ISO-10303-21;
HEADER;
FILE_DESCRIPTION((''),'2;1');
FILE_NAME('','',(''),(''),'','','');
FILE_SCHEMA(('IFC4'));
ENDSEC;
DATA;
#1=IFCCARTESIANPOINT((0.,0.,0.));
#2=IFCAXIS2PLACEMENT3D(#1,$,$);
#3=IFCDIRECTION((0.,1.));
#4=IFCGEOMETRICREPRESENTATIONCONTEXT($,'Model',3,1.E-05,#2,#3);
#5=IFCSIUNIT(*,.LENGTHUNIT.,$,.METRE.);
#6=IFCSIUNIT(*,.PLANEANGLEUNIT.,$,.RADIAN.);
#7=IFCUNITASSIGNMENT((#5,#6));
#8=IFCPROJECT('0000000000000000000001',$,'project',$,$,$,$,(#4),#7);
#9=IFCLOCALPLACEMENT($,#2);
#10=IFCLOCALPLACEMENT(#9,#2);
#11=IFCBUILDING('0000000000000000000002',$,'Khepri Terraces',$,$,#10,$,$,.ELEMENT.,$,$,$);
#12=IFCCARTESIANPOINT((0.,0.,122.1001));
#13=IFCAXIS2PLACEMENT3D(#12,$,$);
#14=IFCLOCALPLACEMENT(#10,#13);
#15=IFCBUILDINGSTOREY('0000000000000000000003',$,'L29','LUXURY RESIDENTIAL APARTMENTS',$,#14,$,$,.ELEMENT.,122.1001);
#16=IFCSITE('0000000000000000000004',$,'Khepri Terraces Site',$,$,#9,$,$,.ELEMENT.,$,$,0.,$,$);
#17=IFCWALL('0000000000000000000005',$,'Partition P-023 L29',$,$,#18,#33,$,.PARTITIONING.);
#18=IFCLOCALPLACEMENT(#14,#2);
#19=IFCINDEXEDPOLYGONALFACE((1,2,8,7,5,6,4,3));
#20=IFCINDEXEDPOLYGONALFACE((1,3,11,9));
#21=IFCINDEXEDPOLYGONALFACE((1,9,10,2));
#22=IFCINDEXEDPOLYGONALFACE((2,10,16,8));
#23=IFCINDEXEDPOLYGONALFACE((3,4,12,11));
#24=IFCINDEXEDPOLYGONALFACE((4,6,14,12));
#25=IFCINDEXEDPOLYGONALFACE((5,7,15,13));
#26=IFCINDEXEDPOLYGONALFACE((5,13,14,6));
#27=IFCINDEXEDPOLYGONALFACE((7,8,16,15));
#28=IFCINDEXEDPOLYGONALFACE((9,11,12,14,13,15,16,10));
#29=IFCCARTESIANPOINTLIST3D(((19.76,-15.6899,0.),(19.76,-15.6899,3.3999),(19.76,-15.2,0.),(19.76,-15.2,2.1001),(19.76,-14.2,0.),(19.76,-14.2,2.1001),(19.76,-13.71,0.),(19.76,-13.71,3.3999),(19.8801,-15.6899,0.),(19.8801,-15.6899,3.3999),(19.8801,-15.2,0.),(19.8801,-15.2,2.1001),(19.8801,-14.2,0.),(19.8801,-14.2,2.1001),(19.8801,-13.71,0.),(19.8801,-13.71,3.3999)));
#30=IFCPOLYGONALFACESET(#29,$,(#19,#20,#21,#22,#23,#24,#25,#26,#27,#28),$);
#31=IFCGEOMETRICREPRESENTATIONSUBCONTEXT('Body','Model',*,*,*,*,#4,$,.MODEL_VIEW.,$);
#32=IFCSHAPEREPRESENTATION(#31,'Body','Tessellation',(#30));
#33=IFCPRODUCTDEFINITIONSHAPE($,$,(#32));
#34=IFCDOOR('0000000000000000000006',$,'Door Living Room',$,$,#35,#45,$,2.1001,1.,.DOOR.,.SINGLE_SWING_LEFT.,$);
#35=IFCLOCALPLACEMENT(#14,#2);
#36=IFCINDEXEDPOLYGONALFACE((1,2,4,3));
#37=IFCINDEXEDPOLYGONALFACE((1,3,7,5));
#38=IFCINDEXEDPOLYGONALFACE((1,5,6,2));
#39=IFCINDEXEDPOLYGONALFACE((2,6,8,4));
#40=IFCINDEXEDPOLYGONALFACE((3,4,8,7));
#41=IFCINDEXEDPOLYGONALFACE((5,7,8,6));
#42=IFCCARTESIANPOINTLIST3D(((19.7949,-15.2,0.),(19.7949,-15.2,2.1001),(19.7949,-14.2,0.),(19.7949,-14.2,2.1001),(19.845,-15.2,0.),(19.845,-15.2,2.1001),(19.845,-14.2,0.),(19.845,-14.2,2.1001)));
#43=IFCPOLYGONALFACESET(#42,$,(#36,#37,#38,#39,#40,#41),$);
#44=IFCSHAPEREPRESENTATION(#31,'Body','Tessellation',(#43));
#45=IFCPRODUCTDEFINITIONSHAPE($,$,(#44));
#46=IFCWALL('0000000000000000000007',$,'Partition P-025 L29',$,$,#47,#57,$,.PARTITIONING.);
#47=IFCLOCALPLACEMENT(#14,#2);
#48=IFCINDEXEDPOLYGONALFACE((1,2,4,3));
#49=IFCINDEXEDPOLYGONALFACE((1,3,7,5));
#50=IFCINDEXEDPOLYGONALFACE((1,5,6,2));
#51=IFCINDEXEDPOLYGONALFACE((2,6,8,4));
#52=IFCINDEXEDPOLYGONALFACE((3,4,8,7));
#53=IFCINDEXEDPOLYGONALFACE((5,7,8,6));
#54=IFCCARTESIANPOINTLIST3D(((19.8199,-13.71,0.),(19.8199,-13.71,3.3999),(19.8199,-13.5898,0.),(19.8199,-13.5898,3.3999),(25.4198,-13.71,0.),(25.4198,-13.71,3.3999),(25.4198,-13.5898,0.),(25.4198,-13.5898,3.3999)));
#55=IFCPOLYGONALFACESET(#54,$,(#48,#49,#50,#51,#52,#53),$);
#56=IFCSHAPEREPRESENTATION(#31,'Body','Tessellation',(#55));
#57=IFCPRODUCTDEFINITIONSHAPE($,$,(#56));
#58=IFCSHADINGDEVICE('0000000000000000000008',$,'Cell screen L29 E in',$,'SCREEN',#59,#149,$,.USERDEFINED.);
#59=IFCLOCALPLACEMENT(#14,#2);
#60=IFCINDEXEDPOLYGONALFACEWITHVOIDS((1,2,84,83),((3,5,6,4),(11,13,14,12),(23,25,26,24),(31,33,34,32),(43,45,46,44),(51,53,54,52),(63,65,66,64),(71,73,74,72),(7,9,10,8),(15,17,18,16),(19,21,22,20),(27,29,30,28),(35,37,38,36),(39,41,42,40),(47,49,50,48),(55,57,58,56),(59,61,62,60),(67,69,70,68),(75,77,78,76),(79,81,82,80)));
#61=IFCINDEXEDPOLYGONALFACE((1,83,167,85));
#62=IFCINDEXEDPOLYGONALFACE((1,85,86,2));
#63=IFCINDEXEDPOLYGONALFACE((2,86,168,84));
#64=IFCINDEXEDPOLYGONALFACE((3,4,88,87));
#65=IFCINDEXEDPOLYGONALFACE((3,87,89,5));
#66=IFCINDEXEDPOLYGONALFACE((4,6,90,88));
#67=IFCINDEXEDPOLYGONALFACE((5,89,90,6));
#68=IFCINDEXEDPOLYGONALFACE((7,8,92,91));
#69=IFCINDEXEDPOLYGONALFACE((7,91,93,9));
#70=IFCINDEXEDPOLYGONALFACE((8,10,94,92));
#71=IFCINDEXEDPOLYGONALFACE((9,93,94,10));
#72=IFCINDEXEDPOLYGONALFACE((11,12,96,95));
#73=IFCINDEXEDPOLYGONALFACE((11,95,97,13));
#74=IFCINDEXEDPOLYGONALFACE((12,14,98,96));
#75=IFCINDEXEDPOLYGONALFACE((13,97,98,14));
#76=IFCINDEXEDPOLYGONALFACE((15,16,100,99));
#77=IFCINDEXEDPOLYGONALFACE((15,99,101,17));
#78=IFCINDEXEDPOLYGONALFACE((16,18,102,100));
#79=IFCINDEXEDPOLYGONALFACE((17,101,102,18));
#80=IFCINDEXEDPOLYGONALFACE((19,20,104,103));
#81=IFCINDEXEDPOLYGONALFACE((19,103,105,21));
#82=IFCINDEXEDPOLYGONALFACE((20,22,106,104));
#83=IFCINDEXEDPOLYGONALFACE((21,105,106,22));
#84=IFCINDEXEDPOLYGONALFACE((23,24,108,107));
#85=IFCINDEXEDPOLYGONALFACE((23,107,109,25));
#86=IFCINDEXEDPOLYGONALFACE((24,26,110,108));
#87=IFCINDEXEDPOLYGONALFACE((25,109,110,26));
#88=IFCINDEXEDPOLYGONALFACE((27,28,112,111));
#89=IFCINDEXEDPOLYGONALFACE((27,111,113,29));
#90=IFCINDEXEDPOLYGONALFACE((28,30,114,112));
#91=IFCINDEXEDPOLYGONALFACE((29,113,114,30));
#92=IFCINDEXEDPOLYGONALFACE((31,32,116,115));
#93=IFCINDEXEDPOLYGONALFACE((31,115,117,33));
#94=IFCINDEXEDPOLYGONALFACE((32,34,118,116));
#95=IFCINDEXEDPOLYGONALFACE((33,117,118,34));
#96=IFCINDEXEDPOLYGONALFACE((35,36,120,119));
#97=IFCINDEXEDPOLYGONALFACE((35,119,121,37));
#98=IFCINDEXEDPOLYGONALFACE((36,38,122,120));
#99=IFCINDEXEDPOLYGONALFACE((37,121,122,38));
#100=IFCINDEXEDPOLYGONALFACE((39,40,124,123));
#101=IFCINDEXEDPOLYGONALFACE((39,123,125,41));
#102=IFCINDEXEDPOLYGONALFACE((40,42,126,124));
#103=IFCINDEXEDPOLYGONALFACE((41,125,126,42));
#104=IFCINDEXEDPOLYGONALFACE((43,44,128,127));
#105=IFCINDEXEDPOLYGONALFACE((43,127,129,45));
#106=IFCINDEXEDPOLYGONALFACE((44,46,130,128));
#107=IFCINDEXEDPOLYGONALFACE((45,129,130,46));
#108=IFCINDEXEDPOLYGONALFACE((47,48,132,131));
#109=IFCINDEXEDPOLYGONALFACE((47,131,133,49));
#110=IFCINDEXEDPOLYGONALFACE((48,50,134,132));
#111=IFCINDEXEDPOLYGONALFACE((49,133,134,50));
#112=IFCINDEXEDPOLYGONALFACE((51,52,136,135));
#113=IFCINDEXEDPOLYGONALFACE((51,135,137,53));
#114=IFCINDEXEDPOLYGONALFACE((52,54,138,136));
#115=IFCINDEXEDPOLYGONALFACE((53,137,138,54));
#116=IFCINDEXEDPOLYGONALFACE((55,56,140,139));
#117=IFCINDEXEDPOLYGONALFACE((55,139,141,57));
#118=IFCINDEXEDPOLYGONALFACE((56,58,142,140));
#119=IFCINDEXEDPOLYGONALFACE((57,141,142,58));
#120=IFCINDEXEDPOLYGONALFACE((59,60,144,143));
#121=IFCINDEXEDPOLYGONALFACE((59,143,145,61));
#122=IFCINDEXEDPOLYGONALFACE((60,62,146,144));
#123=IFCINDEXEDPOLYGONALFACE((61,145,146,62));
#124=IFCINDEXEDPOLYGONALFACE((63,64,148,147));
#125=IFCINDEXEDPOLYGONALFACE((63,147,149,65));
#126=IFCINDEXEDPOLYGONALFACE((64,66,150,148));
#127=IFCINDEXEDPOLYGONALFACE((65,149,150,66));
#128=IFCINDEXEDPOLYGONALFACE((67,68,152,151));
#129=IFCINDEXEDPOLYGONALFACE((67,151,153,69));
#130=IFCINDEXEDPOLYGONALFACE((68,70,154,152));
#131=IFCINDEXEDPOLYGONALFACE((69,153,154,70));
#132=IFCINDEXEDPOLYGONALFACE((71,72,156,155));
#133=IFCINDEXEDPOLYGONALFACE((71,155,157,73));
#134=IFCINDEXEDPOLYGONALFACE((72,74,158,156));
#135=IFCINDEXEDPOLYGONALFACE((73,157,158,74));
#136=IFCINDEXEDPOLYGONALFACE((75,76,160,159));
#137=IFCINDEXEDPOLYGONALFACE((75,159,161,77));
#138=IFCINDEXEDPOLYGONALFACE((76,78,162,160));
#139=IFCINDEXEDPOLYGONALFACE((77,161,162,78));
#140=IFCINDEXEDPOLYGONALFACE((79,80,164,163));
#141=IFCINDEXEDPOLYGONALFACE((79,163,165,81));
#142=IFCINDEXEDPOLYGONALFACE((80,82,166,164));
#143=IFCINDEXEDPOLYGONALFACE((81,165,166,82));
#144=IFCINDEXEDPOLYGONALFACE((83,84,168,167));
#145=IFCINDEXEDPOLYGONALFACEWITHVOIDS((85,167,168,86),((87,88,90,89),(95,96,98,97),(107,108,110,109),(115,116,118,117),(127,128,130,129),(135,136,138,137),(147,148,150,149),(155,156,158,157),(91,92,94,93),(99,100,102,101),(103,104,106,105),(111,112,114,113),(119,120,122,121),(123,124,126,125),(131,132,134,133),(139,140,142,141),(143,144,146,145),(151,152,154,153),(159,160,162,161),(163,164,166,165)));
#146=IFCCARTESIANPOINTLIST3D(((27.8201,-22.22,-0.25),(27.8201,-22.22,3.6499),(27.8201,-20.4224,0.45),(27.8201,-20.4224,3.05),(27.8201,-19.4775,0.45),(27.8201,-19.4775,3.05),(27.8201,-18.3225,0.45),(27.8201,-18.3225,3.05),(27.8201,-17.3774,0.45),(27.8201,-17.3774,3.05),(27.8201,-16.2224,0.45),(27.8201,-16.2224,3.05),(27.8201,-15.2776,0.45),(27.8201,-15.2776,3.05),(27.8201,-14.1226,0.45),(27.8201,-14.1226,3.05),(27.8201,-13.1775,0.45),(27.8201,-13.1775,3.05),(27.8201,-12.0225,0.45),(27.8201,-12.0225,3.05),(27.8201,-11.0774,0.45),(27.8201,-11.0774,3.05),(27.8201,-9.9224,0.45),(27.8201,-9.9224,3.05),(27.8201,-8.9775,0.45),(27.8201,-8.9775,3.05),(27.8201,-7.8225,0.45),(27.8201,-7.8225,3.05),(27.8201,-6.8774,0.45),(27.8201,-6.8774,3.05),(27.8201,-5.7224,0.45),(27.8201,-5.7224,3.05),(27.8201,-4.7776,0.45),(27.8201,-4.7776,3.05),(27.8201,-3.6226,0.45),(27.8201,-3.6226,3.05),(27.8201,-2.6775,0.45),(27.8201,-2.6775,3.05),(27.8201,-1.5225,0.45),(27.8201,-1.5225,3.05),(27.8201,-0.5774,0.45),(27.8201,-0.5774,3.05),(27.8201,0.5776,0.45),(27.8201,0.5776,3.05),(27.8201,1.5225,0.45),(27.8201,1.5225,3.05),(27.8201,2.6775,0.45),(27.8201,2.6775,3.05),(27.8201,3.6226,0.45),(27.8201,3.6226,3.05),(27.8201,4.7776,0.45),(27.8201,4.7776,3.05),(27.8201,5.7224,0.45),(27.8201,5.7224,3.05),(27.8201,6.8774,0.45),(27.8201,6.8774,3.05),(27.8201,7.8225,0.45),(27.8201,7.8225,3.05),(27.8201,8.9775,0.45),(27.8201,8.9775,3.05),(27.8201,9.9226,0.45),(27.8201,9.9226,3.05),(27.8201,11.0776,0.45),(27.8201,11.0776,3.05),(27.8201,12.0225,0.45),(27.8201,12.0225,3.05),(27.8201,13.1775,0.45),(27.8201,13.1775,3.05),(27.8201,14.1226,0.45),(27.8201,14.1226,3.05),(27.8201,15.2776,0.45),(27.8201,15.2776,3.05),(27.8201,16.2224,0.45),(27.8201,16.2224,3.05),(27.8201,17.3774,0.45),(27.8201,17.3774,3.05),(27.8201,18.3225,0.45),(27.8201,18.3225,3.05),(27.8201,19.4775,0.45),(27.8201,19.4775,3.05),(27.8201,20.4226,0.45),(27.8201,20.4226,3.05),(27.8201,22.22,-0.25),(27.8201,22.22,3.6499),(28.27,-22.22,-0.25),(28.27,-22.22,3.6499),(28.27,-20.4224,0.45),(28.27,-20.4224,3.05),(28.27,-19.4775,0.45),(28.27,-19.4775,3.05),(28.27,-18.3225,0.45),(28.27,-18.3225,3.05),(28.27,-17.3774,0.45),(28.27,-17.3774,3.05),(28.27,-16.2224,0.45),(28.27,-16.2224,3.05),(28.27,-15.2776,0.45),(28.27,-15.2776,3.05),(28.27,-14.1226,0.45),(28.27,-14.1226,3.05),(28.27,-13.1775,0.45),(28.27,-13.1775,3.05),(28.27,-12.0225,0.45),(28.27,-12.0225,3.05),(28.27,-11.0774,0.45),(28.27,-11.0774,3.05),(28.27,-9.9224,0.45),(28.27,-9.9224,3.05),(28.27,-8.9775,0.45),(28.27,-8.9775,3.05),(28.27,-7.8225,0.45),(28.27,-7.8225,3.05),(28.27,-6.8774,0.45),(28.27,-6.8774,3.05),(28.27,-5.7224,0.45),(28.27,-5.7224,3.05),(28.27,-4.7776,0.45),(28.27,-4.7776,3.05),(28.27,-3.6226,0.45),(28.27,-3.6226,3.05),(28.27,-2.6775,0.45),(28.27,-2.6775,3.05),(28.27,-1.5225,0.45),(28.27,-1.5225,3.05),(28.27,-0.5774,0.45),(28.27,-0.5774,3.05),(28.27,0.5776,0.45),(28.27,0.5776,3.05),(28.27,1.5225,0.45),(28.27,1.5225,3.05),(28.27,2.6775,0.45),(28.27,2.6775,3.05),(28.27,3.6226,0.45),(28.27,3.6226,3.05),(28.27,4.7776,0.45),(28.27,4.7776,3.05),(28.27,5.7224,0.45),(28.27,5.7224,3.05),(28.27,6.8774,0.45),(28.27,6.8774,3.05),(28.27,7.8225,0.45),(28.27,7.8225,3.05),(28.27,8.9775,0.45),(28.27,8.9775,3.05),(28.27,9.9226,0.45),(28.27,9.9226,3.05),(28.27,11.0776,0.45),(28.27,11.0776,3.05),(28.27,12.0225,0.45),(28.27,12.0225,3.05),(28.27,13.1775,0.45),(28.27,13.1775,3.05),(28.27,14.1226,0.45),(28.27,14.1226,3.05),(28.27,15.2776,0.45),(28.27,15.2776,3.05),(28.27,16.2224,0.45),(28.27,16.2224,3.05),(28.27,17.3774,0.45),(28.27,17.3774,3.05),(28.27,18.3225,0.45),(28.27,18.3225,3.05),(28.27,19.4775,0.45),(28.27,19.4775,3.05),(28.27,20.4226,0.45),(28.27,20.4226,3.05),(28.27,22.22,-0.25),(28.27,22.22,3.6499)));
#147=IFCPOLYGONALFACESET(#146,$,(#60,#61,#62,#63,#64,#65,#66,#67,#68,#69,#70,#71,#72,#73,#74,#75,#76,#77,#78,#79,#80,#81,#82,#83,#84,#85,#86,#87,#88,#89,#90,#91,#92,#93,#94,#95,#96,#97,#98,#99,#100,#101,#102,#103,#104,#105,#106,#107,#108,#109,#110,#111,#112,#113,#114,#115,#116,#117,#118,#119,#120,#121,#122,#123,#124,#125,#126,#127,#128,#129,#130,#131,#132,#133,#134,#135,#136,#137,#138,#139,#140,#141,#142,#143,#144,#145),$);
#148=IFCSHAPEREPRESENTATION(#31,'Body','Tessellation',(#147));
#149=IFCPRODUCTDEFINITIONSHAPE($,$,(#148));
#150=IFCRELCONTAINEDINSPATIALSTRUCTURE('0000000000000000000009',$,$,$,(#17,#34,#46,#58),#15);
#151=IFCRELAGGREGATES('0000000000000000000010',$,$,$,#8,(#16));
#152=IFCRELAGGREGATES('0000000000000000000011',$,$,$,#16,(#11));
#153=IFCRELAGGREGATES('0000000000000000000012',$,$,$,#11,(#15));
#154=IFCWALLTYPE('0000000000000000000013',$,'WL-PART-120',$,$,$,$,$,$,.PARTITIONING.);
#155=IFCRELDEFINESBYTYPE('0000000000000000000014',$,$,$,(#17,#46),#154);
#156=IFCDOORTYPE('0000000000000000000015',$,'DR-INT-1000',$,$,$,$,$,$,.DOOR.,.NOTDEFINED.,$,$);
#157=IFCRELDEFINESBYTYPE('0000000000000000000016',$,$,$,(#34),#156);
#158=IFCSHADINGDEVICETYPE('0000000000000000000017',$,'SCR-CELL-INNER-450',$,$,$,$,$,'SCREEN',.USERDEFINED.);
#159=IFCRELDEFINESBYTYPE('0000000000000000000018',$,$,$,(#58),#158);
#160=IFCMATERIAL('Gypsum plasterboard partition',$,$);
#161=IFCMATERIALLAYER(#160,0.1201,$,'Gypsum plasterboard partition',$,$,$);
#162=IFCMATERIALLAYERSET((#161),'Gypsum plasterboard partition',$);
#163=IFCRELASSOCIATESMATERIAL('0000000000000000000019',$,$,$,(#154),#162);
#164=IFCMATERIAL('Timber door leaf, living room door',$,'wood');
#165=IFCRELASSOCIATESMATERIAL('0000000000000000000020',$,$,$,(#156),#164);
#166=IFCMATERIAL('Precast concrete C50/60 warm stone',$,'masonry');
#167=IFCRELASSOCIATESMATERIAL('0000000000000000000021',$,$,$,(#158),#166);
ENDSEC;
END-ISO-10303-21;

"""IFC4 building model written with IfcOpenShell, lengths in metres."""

from ifc_helpers import new_model, si_unit, direction, frame, frame_2d, origin, place, context, subcontext, project, spatial, polyline, rectangle, outline, extrude, material, layer, layer_set, type_object, element, fill, save


model = new_model("IFC4")

# Units and contexts
model_context = context("Model", 3, precision=1e-05, world=origin(), true_north=direction((0.0, 1.0)))
body_context = subcontext(model_context, "Body", "Model", "MODEL_VIEW")
ifc_project = project(units=[si_unit("LENGTHUNIT", "METRE"), si_unit("PLANEANGLEUNIT", "RADIAN")], contexts=[model_context])

# Site, building, storey
site_placement = place(None, origin())
site = spatial("IfcSite", under=ifc_project, at=site_placement, Name="Khepri Terraces Site", CompositionType="ELEMENT", RefElevation=0.0)
building_placement = place(site_placement, origin())
building = spatial("IfcBuilding", under=site, at=building_placement, Name="Khepri Terraces", CompositionType="ELEMENT")
storey_placement = place(building_placement, frame((0.0, 0.0, 122.1001)))
storey = spatial("IfcBuildingStorey", under=building, at=storey_placement, Name="L29", Description="LUXURY RESIDENTIAL APARTMENTS", CompositionType="ELEMENT", Elevation=122.1001)

# Shared definitions
ifc_material_1 = material(Name="Precast concrete C50/60 warm stone", Category="masonry")

# Shared definitions
ifc_material_2 = material(Name="Gypsum plasterboard partition")
ifc_layer_1 = layer(ifc_material_2, 0.1201, Name="Gypsum plasterboard partition")
ifc_layer_set_1 = layer_set([ifc_layer_1], Name="Gypsum plasterboard partition")
wall_type_1 = type_object("IfcWallType", Name="WL-PART-120", PredefinedType="PARTITIONING", material=ifc_layer_set_1)

# Wall, opening, door
ifc_material_3 = material(Name="Timber door leaf, living room door", Category="wood")
door_type_1 = type_object("IfcDoorType", Name="DR-INT-1000", OperationType="NOTDEFINED", PredefinedType="DOOR", material=ifc_material_3)
wall_1_placement = place(storey_placement, frame((19.8201, -15.6899, 0.0), z_axis=(0.0, 0.0, 1.0), x_axis=(0.0, 1.0, 0.0)))
wall_1 = element("IfcWall", 1, at=wall_1_placement, inside=storey, type_object=wall_type_1, Name="Partition P-023 L29", PredefinedType="PARTITIONING", context=body_context, shape_type="SweptSolid", body=[
    extrude(rectangle(XDim=1.98, YDim=0.1201, at=frame_2d((0.99, 0.0))), origin(), (0.0, 0.0, 1.0), 3.3999),
])
opening_1_placement = place(wall_1_placement, frame((0.49, 0.0, 0.0)))
opening_1 = element("IfcOpeningElement", 2, at=opening_1_placement, cuts=wall_1, PredefinedType="OPENING", context=body_context, shape_type="SweptSolid", body=[
    extrude(rectangle(XDim=1.0, YDim=2.1001, at=frame_2d((0.5, 1.05))), frame((0.0, 0.0701, 0.0), z_axis=(0.0, -1.0, 0.0), x_axis=(1.0, 0.0, 0.0)), (0.0, 0.0, 1.0), 0.1401),
])
door_1_placement = place(opening_1_placement, frame((1.0, 0.0, 0.0), z_axis=(0.0, 0.0, 1.0), x_axis=(-1.0, 0.0, 0.0)))
door_1 = element("IfcDoor", 3, at=door_1_placement, inside=storey, type_object=door_type_1, Name="Door Living Room", OperationType="SINGLE_SWING_LEFT", OverallHeight=2.1001, OverallWidth=1.0, PredefinedType="DOOR", context=body_context, shape_type="SweptSolid", body=[
    extrude(rectangle(XDim=1.0, YDim=2.1001, at=frame_2d((0.5, 1.05))), frame((0.0, 0.0249, 0.0), z_axis=(0.0, -1.0, 0.0), x_axis=(1.0, 0.0, 0.0)), (0.0, 0.0, 1.0), 0.05),
])
fill(opening_1, door_1)

# Wall
wall_2_placement = place(storey_placement, frame((19.8201, -13.6499, 0.0), z_axis=(0.0, 0.0, 1.0), x_axis=(1.0, 0.0, 0.0)))
element("IfcWall", 4, at=wall_2_placement, inside=storey, type_object=wall_type_1, Name="Partition P-025 L29", PredefinedType="PARTITIONING", context=body_context, shape_type="SweptSolid", body=[
    extrude(rectangle(XDim=5.5999, YDim=0.1201, at=frame_2d((2.7998, 0.0))), origin(), (0.0, 0.0, 1.0), 3.3999),
])

# Shading device
shading_device_type_1 = type_object("IfcShadingDeviceType", Name="SCR-CELL-INNER-450", ElementType="SCREEN", PredefinedType="USERDEFINED", material=ifc_material_1)
shading_device_1_placement = place(storey_placement, frame((27.8201, -22.22, -0.25), z_axis=(1.0, 0.0, 0.0), x_axis=(0.0, 1.0, 0.0)))
element("IfcShadingDevice", 5, at=shading_device_1_placement, inside=storey, type_object=shading_device_type_1, Name="Cell screen L29 E in", ObjectType="SCREEN", PredefinedType="USERDEFINED", context=body_context, shape_type="SweptSolid", body=[
    extrude(outline(polyline([(0.0, 0.0), (44.4399, 0.0), (44.4399, 3.8999), (0.0, 3.8999), (0.0, 0.0)]), holes=[polyline([(1.7976, 0.7), (2.7424, 0.7), (2.7424, 3.3), (1.7976, 3.3), (1.7976, 0.7)]), polyline([(3.8975, 0.7), (4.8425, 0.7), (4.8425, 3.3), (3.8975, 3.3), (3.8975, 0.7)]), polyline([(5.9976, 0.7), (6.9424, 0.7), (6.9424, 3.3), (5.9976, 3.3), (5.9976, 0.7)]), polyline([(8.0974, 0.7), (9.0425, 0.7), (9.0425, 3.3), (8.0974, 3.3), (8.0974, 0.7)]), polyline([(10.1975, 0.7), (11.1426, 0.7), (11.1426, 3.3), (10.1975, 3.3), (10.1975, 0.7)]), polyline([(12.2976, 0.7), (13.2424, 0.7), (13.2424, 3.3), (12.2976, 3.3), (12.2976, 0.7)]), polyline([(14.3975, 0.7), (15.3425, 0.7), (15.3425, 3.3), (14.3975, 3.3), (14.3975, 0.7)]), polyline([(16.4976, 0.7), (17.4424, 0.7), (17.4424, 3.3), (16.4976, 3.3), (16.4976, 0.7)]), polyline([(18.5974, 0.7), (19.5425, 0.7), (19.5425, 3.3), (18.5974, 3.3), (18.5974, 0.7)]), polyline([(20.6975, 0.7), (21.6426, 0.7), (21.6426, 3.3), (20.6975, 3.3), (20.6975, 0.7)]), polyline([(22.7976, 0.7), (23.7424, 0.7), (23.7424, 3.3), (22.7976, 3.3), (22.7976, 0.7)]), polyline([(24.8975, 0.7), (25.8425, 0.7), (25.8425, 3.3), (24.8975, 3.3), (24.8975, 0.7)]), polyline([(26.9976, 0.7), (27.9424, 0.7), (27.9424, 3.3), (26.9976, 3.3), (26.9976, 0.7)]), polyline([(29.0974, 0.7), (30.0425, 0.7), (30.0425, 3.3), (29.0974, 3.3), (29.0974, 0.7)]), polyline([(31.1975, 0.7), (32.1426, 0.7), (32.1426, 3.3), (31.1975, 3.3), (31.1975, 0.7)]), polyline([(33.2976, 0.7), (34.2424, 0.7), (34.2424, 3.3), (33.2976, 3.3), (33.2976, 0.7)]), polyline([(35.3975, 0.7), (36.3425, 0.7), (36.3425, 3.3), (35.3975, 3.3), (35.3975, 0.7)]), polyline([(37.4976, 0.7), (38.4424, 0.7), (38.4424, 3.3), (37.4976, 3.3), (37.4976, 0.7)]), polyline([(39.5974, 0.7), (40.5425, 0.7), (40.5425, 3.3), (39.5974, 3.3), (39.5974, 0.7)]), polyline([(41.6975, 0.7), (42.6426, 0.7), (42.6426, 3.3), (41.6975, 3.3), (41.6975, 0.7)])]), origin(), (0.0, 0.0, 1.0), 0.45),
])

save(model, "model.ifc")
